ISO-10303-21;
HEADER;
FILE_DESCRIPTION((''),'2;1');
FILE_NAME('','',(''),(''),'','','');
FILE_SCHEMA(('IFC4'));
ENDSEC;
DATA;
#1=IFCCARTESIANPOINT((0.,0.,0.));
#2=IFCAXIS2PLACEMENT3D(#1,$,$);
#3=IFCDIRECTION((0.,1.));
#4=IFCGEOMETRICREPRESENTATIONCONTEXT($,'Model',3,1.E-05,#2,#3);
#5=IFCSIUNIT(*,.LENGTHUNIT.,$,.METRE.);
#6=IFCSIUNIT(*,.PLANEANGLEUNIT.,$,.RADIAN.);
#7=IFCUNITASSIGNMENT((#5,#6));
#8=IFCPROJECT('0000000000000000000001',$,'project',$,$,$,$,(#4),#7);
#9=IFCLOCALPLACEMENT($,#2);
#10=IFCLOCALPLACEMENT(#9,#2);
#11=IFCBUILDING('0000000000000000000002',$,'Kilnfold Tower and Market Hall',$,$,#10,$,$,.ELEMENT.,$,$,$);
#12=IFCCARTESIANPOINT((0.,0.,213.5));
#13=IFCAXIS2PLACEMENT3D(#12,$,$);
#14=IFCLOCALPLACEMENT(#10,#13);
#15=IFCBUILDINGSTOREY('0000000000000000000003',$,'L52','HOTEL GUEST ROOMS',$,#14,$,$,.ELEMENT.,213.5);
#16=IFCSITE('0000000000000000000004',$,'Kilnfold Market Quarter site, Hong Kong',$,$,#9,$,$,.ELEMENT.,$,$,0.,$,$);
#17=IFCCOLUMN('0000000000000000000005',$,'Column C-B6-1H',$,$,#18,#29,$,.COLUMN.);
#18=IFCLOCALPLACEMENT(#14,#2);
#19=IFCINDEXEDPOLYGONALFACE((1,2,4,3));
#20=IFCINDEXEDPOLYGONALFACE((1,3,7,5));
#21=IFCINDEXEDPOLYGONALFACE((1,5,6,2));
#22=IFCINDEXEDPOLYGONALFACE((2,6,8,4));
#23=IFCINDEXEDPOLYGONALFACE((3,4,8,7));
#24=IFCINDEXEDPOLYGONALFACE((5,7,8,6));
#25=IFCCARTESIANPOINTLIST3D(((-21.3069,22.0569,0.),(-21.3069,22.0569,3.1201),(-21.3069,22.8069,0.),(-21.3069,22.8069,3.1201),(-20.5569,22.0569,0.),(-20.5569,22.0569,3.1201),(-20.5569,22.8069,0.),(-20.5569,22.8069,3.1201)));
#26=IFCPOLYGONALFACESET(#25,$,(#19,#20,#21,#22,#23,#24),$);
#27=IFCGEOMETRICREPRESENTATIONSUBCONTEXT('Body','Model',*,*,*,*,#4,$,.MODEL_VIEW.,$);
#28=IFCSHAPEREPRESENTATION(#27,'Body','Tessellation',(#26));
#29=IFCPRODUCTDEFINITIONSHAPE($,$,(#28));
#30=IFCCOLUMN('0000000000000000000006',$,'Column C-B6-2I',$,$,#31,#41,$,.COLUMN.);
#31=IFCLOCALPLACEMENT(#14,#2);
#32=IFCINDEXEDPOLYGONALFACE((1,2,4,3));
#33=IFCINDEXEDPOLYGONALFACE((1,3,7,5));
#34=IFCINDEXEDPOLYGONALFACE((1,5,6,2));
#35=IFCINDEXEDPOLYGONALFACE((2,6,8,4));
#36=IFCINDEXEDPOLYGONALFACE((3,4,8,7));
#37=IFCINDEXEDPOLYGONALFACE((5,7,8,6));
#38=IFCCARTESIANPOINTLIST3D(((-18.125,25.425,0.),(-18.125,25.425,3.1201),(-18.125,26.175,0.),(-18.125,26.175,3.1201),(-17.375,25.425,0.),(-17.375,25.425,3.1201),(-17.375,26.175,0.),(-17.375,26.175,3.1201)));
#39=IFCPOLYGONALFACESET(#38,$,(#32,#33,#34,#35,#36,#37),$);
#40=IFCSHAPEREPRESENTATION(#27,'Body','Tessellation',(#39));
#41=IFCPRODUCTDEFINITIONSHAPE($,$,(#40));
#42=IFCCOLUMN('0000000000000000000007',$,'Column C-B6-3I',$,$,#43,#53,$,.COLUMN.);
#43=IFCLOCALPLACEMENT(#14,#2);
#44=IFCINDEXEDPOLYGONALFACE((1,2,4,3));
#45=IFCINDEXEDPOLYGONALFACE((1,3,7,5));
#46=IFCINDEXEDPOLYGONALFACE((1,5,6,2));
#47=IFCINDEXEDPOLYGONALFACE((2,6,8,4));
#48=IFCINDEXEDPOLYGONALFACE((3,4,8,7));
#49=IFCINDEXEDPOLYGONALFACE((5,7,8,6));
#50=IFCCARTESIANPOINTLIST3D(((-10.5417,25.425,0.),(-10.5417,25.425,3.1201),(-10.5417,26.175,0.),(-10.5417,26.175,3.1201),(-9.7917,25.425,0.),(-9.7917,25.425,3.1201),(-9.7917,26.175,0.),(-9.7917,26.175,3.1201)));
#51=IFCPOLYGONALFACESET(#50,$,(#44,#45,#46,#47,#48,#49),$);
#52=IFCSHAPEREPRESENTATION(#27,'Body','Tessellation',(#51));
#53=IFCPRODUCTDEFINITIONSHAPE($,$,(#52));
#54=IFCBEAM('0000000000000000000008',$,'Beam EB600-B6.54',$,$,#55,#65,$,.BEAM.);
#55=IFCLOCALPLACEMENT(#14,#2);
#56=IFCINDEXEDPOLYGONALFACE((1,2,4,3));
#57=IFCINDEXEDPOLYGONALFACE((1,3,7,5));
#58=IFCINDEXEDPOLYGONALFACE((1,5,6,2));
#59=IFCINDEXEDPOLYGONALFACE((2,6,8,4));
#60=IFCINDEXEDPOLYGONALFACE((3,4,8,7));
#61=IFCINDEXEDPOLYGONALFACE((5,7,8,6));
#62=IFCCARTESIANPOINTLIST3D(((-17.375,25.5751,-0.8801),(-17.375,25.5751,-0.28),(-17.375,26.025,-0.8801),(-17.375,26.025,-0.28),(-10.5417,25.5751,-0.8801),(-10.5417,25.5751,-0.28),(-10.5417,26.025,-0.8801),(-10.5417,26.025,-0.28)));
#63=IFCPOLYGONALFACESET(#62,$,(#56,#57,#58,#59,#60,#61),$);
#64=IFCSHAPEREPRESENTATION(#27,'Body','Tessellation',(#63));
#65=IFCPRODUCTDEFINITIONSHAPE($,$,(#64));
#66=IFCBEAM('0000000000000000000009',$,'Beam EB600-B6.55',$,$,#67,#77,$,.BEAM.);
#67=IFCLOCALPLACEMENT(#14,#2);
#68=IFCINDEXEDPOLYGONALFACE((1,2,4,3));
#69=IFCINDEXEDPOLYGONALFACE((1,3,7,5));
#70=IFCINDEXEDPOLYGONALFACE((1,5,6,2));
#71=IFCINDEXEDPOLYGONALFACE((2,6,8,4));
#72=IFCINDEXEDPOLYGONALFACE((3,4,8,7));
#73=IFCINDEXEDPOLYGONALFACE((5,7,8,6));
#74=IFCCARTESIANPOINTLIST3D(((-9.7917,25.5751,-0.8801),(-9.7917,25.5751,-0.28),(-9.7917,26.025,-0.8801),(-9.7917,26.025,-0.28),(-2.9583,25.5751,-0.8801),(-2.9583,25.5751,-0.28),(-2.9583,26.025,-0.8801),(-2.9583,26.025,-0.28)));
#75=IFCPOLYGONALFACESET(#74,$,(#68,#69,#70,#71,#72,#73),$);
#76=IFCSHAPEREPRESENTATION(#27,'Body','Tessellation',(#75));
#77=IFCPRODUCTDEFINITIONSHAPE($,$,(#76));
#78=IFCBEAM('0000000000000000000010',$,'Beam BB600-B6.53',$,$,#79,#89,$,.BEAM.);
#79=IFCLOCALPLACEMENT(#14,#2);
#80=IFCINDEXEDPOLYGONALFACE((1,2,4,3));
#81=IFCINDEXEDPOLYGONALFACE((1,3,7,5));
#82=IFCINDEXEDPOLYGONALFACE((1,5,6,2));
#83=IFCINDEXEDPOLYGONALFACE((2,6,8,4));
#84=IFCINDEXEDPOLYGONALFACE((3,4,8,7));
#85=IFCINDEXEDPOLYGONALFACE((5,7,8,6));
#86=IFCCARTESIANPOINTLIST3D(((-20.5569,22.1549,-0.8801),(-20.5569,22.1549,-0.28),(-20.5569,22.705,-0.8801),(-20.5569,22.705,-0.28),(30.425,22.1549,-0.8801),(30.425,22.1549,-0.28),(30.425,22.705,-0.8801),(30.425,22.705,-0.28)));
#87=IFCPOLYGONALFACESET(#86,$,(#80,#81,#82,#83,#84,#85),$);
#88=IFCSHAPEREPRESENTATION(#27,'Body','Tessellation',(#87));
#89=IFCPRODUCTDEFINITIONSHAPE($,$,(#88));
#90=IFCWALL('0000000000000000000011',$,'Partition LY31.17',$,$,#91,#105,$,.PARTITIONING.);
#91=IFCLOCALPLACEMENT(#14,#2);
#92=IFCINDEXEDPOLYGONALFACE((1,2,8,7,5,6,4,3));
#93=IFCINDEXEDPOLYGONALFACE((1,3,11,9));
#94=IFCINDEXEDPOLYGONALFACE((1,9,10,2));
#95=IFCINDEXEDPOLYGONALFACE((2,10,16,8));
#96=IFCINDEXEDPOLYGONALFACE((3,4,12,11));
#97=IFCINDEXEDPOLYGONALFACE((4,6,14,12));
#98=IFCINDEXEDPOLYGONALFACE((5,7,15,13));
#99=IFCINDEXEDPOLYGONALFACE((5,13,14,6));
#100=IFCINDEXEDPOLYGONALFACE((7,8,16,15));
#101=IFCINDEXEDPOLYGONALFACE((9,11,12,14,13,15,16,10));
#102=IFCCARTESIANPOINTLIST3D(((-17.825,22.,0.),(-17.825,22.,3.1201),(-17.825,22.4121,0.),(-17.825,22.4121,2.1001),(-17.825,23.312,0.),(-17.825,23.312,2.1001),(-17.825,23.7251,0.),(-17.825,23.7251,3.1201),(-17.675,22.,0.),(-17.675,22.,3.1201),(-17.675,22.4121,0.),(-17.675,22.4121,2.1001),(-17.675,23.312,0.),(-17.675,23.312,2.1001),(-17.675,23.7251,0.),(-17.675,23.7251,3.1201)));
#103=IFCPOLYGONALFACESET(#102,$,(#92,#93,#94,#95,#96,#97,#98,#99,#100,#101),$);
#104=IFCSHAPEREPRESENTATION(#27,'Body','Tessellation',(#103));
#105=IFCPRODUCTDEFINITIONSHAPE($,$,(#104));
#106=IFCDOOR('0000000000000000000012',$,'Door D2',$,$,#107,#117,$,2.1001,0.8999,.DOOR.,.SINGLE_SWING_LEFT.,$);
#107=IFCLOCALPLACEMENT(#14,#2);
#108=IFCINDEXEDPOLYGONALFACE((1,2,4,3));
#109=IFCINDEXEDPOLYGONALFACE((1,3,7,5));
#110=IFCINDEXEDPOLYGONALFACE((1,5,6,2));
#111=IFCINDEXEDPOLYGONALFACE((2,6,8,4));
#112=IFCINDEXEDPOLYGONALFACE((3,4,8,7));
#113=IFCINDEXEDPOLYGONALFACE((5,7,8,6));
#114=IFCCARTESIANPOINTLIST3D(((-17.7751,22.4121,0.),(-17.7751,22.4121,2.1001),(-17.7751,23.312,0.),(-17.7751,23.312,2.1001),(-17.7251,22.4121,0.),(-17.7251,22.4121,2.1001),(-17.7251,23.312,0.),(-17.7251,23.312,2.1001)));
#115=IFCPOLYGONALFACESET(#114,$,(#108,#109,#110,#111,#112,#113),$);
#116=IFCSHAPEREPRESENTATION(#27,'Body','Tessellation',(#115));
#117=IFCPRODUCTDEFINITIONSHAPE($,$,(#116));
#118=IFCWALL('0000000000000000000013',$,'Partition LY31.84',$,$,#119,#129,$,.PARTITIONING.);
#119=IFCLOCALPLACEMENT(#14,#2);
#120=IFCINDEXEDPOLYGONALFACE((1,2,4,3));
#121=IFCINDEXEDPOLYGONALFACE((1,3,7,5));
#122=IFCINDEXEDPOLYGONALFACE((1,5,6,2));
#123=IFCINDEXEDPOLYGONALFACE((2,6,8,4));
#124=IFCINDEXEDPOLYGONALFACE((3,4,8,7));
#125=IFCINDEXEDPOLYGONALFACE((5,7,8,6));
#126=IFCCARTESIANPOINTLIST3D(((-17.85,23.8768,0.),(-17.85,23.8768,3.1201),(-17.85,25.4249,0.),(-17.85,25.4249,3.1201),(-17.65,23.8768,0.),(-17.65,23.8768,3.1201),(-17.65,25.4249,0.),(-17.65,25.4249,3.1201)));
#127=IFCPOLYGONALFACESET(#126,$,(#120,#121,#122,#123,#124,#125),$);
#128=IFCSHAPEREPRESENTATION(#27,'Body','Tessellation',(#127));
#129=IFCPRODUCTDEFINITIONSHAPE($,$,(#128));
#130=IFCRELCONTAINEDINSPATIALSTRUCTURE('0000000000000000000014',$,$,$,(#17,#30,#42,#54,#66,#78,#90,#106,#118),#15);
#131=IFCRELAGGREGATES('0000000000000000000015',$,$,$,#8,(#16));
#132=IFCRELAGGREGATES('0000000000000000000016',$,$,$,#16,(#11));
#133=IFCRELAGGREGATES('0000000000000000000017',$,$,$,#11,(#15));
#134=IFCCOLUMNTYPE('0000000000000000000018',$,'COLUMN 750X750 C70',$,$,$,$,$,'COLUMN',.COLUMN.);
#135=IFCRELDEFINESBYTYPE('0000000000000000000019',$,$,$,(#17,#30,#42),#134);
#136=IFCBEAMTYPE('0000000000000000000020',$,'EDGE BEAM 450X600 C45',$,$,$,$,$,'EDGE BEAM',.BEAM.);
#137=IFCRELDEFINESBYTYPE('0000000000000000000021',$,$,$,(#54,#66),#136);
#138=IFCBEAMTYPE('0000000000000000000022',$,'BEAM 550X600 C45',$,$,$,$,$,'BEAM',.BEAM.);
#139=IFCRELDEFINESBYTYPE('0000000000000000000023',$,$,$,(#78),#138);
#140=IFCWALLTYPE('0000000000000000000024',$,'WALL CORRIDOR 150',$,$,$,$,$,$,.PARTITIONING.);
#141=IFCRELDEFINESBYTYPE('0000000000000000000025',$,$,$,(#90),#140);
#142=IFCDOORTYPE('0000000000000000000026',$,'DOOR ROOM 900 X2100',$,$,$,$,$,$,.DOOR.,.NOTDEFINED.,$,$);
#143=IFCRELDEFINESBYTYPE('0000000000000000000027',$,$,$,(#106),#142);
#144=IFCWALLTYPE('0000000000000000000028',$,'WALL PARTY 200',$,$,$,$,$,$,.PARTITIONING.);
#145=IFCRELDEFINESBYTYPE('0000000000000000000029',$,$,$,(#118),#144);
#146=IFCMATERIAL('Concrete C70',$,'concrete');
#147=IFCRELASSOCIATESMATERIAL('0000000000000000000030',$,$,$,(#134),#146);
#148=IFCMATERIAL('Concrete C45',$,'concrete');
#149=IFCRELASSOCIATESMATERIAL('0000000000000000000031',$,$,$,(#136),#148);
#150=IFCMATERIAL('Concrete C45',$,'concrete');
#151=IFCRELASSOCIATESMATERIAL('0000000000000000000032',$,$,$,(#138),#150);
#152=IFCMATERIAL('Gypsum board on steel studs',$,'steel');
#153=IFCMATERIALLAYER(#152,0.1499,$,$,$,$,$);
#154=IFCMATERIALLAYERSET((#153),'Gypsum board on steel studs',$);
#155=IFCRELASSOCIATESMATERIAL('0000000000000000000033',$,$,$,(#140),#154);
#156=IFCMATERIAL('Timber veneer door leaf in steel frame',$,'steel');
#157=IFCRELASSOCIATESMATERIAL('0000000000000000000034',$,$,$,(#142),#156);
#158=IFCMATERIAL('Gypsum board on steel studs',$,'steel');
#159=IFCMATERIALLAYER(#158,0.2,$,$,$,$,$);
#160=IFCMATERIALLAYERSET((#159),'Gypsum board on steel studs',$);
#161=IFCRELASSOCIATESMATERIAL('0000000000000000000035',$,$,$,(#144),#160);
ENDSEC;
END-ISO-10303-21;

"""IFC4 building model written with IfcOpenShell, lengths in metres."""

from ifc_helpers import new_model, si_unit, direction, frame, frame_2d, origin, origin_2d, place, context, subcontext, project, spatial, rectangle, extrude, source, transform, mapped, material, layer, layer_set, material_profile, profile_set, type_object, element, fill, save


model = new_model("IFC4")

# Units and contexts
model_context = context("Model", 3, precision=1e-05, world=origin(), true_north=direction((0.0, 1.0)))
body_context = subcontext(model_context, "Body", "Model", "MODEL_VIEW")
ifc_project = project(units=[si_unit("LENGTHUNIT", "METRE"), si_unit("PLANEANGLEUNIT", "RADIAN")], contexts=[model_context])

# Site, building, storey
site_placement = place(None, origin())
site = spatial("IfcSite", under=ifc_project, at=site_placement, Name="Kilnfold Market Quarter site, Hong Kong", CompositionType="ELEMENT", RefElevation=0.0)
building_placement = place(site_placement, origin())
building = spatial("IfcBuilding", under=site, at=building_placement, Name="Kilnfold Tower and Market Hall", CompositionType="ELEMENT")
storey_placement = place(building_placement, frame((0.0, 0.0, 213.5)))
storey = spatial("IfcBuildingStorey", under=building, at=storey_placement, Name="L52", Description="HOTEL GUEST ROOMS", CompositionType="ELEMENT", Elevation=213.5)

# Columns
ifc_material_1 = material(Name="Concrete C70", Category="concrete")
ifc_material_profile_1 = material_profile(ifc_material_1, rectangle(XDim=0.75, YDim=0.75, at=origin_2d()), Name="RC 750x750")
ifc_profile_set_1 = profile_set([ifc_material_profile_1], Name="Concrete C70")
column_type = type_object("IfcColumnType", Name="COLUMN 750X750 C70", ElementType="COLUMN", PredefinedType="COLUMN", material=ifc_profile_set_1)
shared_shape_1 = source(origin(), body_context, "Body", "SweptSolid", [
    extrude(rectangle(XDim=0.75, YDim=0.75, at=origin_2d()), origin(), (0.0, 0.0, 1.0), 3.1201),
])
for number, where, z_axis, x_axis, name in (
    (1, (-20.9319, 22.4319, 0.0), (0.0, 0.0, 1.0), (1.0, 0.0, 0.0), "Column C-B6-1H"),
    (2, (-17.75, 25.8, 0.0), (0.0, 0.0, 1.0), (1.0, 0.0, 0.0), "Column C-B6-2I"),
    (3, (-10.1667, 25.8, 0.0), (0.0, 0.0, 1.0), (1.0, 0.0, 0.0), "Column C-B6-3I"),
):
    element("IfcColumn", number, at=place(storey_placement, frame(where, z_axis=z_axis, x_axis=x_axis)), inside=storey, type_object=column_type, Name=name, PredefinedType="COLUMN", context=body_context, shape_type="MappedRepresentation", body=[
        mapped(shared_shape_1, transform((0.0, 0.0, 0.0))),
    ])

# Beams
ifc_material_2 = material(Name="Concrete C45", Category="concrete")
ifc_material_profile_2 = material_profile(ifc_material_2, rectangle(XDim=0.45, YDim=0.6001, at=origin_2d()), Name="RC 450x600")
ifc_profile_set_2 = profile_set([ifc_material_profile_2], Name="Concrete C45")
beam_type_1 = type_object("IfcBeamType", Name="EDGE BEAM 450X600 C45", ElementType="EDGE BEAM", PredefinedType="BEAM", material=ifc_profile_set_2)
shared_shape_2 = source(origin(), body_context, "Body", "SweptSolid", [
    extrude(rectangle(XDim=0.45, YDim=0.6001, at=origin_2d()), origin(), (0.0, 0.0, 1.0), 6.8333),
])
beam_1_placement = place(storey_placement, frame((-17.375, 25.8, -0.5801), z_axis=(1.0, 0.0, 0.0), x_axis=(0.0, 1.0, 0.0)))
element("IfcBeam", 4, at=beam_1_placement, inside=storey, type_object=beam_type_1, Name="Beam EB600-B6.54", PredefinedType="BEAM", context=body_context, shape_type="MappedRepresentation", body=[
    mapped(shared_shape_2, transform((0.0, 0.0, 0.0))),
])
shared_shape_3 = source(origin(), body_context, "Body", "SweptSolid", [
    extrude(rectangle(XDim=0.45, YDim=0.6001, at=origin_2d()), origin(), (0.0, 0.0, 1.0), 6.8335),
])
beam_2_placement = place(storey_placement, frame((-9.7917, 25.8, -0.5801), z_axis=(1.0, 0.0, 0.0), x_axis=(0.0, 1.0, 0.0)))
element("IfcBeam", 5, at=beam_2_placement, inside=storey, type_object=beam_type_1, Name="Beam EB600-B6.55", PredefinedType="BEAM", context=body_context, shape_type="MappedRepresentation", body=[
    mapped(shared_shape_3, transform((0.0, 0.0, 0.0))),
])
ifc_material_3 = material(Name="Concrete C45", Category="concrete")
ifc_material_profile_3 = material_profile(ifc_material_3, rectangle(XDim=0.55, YDim=0.6001, at=origin_2d()), Name="RC 550x600")
ifc_profile_set_3 = profile_set([ifc_material_profile_3], Name="Concrete C45")
beam_type_2 = type_object("IfcBeamType", Name="BEAM 550X600 C45", ElementType="BEAM", PredefinedType="BEAM", material=ifc_profile_set_3)
shared_shape_4 = source(origin(), body_context, "Body", "SweptSolid", [
    extrude(rectangle(XDim=0.55, YDim=0.6001, at=origin_2d()), origin(), (0.0, 0.0, 1.0), 50.9819),
])
beam_3_placement = place(storey_placement, frame((-20.5569, 22.4299, -0.5801), z_axis=(1.0, 0.0, 0.0), x_axis=(0.0, 1.0, 0.0)))
element("IfcBeam", 6, at=beam_3_placement, inside=storey, type_object=beam_type_2, Name="Beam BB600-B6.53", PredefinedType="BEAM", context=body_context, shape_type="MappedRepresentation", body=[
    mapped(shared_shape_4, transform((0.0, 0.0, 0.0))),
])

# Wall, opening, door
ifc_material_4 = material(Name="Gypsum board on steel studs", Category="steel")
ifc_layer_1 = layer(ifc_material_4, 0.1499)
ifc_layer_set_1 = layer_set([ifc_layer_1], Name="Gypsum board on steel studs")
wall_type_1 = type_object("IfcWallType", Name="WALL CORRIDOR 150", PredefinedType="PARTITIONING", material=ifc_layer_set_1)
wall_1_placement = place(storey_placement, frame((-17.75, 23.7251, 0.0), z_axis=(0.0, 0.0, 1.0), x_axis=(0.0, -1.0, 0.0)))
wall_1 = element("IfcWall", 7, at=wall_1_placement, inside=storey, type_object=wall_type_1, Name="Partition LY31.17", PredefinedType="PARTITIONING", context=body_context, shape_type="SweptSolid", body=[
    extrude(rectangle(XDim=1.7251, YDim=0.1499, at=frame_2d((0.8625, 0.0))), origin(), (0.0, 0.0, 1.0), 3.1201),
])
opening_1_placement = place(wall_1_placement, frame((0.4131, 0.0, 0.0)))
opening_1 = element("IfcOpeningElement", 8, at=opening_1_placement, cuts=wall_1, PredefinedType="OPENING", context=body_context, shape_type="SweptSolid", body=[
    extrude(rectangle(XDim=0.8999, YDim=2.1001, at=frame_2d((0.45, 1.05))), frame((0.0, 0.085, 0.0), z_axis=(0.0, -1.0, 0.0), x_axis=(1.0, 0.0, 0.0)), (0.0, 0.0, 1.0), 0.1699),
])
ifc_material_5 = material(Name="Timber veneer door leaf in steel frame", Category="steel")
door_type = type_object("IfcDoorType", Name="DOOR ROOM 900 X2100", OperationType="NOTDEFINED", PredefinedType="DOOR", material=ifc_material_5)
door_placement = place(opening_1_placement, origin())
door = element("IfcDoor", 9, at=door_placement, inside=storey, type_object=door_type, Name="Door D2", OperationType="SINGLE_SWING_LEFT", OverallHeight=2.1001, OverallWidth=0.8999, PredefinedType="DOOR", context=body_context, shape_type="SweptSolid", body=[
    extrude(rectangle(XDim=0.8999, YDim=2.1001, at=frame_2d((0.45, 1.05))), frame((0.0, 0.0249, 0.0), z_axis=(0.0, -1.0, 0.0), x_axis=(1.0, 0.0, 0.0)), (0.0, 0.0, 1.0), 0.05),
])
fill(opening_1, door)

# Wall
ifc_material_6 = material(Name="Gypsum board on steel studs", Category="steel")
ifc_layer_2 = layer(ifc_material_6, 0.2)
ifc_layer_set_2 = layer_set([ifc_layer_2], Name="Gypsum board on steel studs")
wall_type_2 = type_object("IfcWallType", Name="WALL PARTY 200", PredefinedType="PARTITIONING", material=ifc_layer_set_2)
wall_2_placement = place(storey_placement, frame((-17.75, 23.877, 0.0), z_axis=(0.0, 0.0, 1.0), x_axis=(0.0, 1.0, 0.0)))
element("IfcWall", 10, at=wall_2_placement, inside=storey, type_object=wall_type_2, Name="Partition LY31.84", PredefinedType="PARTITIONING", context=body_context, shape_type="SweptSolid", body=[
    extrude(rectangle(XDim=1.5481, YDim=0.2, at=frame_2d((0.7739, 0.0))), origin(), (0.0, 0.0, 1.0), 3.1201),
])

save(model, "model.ifc")
